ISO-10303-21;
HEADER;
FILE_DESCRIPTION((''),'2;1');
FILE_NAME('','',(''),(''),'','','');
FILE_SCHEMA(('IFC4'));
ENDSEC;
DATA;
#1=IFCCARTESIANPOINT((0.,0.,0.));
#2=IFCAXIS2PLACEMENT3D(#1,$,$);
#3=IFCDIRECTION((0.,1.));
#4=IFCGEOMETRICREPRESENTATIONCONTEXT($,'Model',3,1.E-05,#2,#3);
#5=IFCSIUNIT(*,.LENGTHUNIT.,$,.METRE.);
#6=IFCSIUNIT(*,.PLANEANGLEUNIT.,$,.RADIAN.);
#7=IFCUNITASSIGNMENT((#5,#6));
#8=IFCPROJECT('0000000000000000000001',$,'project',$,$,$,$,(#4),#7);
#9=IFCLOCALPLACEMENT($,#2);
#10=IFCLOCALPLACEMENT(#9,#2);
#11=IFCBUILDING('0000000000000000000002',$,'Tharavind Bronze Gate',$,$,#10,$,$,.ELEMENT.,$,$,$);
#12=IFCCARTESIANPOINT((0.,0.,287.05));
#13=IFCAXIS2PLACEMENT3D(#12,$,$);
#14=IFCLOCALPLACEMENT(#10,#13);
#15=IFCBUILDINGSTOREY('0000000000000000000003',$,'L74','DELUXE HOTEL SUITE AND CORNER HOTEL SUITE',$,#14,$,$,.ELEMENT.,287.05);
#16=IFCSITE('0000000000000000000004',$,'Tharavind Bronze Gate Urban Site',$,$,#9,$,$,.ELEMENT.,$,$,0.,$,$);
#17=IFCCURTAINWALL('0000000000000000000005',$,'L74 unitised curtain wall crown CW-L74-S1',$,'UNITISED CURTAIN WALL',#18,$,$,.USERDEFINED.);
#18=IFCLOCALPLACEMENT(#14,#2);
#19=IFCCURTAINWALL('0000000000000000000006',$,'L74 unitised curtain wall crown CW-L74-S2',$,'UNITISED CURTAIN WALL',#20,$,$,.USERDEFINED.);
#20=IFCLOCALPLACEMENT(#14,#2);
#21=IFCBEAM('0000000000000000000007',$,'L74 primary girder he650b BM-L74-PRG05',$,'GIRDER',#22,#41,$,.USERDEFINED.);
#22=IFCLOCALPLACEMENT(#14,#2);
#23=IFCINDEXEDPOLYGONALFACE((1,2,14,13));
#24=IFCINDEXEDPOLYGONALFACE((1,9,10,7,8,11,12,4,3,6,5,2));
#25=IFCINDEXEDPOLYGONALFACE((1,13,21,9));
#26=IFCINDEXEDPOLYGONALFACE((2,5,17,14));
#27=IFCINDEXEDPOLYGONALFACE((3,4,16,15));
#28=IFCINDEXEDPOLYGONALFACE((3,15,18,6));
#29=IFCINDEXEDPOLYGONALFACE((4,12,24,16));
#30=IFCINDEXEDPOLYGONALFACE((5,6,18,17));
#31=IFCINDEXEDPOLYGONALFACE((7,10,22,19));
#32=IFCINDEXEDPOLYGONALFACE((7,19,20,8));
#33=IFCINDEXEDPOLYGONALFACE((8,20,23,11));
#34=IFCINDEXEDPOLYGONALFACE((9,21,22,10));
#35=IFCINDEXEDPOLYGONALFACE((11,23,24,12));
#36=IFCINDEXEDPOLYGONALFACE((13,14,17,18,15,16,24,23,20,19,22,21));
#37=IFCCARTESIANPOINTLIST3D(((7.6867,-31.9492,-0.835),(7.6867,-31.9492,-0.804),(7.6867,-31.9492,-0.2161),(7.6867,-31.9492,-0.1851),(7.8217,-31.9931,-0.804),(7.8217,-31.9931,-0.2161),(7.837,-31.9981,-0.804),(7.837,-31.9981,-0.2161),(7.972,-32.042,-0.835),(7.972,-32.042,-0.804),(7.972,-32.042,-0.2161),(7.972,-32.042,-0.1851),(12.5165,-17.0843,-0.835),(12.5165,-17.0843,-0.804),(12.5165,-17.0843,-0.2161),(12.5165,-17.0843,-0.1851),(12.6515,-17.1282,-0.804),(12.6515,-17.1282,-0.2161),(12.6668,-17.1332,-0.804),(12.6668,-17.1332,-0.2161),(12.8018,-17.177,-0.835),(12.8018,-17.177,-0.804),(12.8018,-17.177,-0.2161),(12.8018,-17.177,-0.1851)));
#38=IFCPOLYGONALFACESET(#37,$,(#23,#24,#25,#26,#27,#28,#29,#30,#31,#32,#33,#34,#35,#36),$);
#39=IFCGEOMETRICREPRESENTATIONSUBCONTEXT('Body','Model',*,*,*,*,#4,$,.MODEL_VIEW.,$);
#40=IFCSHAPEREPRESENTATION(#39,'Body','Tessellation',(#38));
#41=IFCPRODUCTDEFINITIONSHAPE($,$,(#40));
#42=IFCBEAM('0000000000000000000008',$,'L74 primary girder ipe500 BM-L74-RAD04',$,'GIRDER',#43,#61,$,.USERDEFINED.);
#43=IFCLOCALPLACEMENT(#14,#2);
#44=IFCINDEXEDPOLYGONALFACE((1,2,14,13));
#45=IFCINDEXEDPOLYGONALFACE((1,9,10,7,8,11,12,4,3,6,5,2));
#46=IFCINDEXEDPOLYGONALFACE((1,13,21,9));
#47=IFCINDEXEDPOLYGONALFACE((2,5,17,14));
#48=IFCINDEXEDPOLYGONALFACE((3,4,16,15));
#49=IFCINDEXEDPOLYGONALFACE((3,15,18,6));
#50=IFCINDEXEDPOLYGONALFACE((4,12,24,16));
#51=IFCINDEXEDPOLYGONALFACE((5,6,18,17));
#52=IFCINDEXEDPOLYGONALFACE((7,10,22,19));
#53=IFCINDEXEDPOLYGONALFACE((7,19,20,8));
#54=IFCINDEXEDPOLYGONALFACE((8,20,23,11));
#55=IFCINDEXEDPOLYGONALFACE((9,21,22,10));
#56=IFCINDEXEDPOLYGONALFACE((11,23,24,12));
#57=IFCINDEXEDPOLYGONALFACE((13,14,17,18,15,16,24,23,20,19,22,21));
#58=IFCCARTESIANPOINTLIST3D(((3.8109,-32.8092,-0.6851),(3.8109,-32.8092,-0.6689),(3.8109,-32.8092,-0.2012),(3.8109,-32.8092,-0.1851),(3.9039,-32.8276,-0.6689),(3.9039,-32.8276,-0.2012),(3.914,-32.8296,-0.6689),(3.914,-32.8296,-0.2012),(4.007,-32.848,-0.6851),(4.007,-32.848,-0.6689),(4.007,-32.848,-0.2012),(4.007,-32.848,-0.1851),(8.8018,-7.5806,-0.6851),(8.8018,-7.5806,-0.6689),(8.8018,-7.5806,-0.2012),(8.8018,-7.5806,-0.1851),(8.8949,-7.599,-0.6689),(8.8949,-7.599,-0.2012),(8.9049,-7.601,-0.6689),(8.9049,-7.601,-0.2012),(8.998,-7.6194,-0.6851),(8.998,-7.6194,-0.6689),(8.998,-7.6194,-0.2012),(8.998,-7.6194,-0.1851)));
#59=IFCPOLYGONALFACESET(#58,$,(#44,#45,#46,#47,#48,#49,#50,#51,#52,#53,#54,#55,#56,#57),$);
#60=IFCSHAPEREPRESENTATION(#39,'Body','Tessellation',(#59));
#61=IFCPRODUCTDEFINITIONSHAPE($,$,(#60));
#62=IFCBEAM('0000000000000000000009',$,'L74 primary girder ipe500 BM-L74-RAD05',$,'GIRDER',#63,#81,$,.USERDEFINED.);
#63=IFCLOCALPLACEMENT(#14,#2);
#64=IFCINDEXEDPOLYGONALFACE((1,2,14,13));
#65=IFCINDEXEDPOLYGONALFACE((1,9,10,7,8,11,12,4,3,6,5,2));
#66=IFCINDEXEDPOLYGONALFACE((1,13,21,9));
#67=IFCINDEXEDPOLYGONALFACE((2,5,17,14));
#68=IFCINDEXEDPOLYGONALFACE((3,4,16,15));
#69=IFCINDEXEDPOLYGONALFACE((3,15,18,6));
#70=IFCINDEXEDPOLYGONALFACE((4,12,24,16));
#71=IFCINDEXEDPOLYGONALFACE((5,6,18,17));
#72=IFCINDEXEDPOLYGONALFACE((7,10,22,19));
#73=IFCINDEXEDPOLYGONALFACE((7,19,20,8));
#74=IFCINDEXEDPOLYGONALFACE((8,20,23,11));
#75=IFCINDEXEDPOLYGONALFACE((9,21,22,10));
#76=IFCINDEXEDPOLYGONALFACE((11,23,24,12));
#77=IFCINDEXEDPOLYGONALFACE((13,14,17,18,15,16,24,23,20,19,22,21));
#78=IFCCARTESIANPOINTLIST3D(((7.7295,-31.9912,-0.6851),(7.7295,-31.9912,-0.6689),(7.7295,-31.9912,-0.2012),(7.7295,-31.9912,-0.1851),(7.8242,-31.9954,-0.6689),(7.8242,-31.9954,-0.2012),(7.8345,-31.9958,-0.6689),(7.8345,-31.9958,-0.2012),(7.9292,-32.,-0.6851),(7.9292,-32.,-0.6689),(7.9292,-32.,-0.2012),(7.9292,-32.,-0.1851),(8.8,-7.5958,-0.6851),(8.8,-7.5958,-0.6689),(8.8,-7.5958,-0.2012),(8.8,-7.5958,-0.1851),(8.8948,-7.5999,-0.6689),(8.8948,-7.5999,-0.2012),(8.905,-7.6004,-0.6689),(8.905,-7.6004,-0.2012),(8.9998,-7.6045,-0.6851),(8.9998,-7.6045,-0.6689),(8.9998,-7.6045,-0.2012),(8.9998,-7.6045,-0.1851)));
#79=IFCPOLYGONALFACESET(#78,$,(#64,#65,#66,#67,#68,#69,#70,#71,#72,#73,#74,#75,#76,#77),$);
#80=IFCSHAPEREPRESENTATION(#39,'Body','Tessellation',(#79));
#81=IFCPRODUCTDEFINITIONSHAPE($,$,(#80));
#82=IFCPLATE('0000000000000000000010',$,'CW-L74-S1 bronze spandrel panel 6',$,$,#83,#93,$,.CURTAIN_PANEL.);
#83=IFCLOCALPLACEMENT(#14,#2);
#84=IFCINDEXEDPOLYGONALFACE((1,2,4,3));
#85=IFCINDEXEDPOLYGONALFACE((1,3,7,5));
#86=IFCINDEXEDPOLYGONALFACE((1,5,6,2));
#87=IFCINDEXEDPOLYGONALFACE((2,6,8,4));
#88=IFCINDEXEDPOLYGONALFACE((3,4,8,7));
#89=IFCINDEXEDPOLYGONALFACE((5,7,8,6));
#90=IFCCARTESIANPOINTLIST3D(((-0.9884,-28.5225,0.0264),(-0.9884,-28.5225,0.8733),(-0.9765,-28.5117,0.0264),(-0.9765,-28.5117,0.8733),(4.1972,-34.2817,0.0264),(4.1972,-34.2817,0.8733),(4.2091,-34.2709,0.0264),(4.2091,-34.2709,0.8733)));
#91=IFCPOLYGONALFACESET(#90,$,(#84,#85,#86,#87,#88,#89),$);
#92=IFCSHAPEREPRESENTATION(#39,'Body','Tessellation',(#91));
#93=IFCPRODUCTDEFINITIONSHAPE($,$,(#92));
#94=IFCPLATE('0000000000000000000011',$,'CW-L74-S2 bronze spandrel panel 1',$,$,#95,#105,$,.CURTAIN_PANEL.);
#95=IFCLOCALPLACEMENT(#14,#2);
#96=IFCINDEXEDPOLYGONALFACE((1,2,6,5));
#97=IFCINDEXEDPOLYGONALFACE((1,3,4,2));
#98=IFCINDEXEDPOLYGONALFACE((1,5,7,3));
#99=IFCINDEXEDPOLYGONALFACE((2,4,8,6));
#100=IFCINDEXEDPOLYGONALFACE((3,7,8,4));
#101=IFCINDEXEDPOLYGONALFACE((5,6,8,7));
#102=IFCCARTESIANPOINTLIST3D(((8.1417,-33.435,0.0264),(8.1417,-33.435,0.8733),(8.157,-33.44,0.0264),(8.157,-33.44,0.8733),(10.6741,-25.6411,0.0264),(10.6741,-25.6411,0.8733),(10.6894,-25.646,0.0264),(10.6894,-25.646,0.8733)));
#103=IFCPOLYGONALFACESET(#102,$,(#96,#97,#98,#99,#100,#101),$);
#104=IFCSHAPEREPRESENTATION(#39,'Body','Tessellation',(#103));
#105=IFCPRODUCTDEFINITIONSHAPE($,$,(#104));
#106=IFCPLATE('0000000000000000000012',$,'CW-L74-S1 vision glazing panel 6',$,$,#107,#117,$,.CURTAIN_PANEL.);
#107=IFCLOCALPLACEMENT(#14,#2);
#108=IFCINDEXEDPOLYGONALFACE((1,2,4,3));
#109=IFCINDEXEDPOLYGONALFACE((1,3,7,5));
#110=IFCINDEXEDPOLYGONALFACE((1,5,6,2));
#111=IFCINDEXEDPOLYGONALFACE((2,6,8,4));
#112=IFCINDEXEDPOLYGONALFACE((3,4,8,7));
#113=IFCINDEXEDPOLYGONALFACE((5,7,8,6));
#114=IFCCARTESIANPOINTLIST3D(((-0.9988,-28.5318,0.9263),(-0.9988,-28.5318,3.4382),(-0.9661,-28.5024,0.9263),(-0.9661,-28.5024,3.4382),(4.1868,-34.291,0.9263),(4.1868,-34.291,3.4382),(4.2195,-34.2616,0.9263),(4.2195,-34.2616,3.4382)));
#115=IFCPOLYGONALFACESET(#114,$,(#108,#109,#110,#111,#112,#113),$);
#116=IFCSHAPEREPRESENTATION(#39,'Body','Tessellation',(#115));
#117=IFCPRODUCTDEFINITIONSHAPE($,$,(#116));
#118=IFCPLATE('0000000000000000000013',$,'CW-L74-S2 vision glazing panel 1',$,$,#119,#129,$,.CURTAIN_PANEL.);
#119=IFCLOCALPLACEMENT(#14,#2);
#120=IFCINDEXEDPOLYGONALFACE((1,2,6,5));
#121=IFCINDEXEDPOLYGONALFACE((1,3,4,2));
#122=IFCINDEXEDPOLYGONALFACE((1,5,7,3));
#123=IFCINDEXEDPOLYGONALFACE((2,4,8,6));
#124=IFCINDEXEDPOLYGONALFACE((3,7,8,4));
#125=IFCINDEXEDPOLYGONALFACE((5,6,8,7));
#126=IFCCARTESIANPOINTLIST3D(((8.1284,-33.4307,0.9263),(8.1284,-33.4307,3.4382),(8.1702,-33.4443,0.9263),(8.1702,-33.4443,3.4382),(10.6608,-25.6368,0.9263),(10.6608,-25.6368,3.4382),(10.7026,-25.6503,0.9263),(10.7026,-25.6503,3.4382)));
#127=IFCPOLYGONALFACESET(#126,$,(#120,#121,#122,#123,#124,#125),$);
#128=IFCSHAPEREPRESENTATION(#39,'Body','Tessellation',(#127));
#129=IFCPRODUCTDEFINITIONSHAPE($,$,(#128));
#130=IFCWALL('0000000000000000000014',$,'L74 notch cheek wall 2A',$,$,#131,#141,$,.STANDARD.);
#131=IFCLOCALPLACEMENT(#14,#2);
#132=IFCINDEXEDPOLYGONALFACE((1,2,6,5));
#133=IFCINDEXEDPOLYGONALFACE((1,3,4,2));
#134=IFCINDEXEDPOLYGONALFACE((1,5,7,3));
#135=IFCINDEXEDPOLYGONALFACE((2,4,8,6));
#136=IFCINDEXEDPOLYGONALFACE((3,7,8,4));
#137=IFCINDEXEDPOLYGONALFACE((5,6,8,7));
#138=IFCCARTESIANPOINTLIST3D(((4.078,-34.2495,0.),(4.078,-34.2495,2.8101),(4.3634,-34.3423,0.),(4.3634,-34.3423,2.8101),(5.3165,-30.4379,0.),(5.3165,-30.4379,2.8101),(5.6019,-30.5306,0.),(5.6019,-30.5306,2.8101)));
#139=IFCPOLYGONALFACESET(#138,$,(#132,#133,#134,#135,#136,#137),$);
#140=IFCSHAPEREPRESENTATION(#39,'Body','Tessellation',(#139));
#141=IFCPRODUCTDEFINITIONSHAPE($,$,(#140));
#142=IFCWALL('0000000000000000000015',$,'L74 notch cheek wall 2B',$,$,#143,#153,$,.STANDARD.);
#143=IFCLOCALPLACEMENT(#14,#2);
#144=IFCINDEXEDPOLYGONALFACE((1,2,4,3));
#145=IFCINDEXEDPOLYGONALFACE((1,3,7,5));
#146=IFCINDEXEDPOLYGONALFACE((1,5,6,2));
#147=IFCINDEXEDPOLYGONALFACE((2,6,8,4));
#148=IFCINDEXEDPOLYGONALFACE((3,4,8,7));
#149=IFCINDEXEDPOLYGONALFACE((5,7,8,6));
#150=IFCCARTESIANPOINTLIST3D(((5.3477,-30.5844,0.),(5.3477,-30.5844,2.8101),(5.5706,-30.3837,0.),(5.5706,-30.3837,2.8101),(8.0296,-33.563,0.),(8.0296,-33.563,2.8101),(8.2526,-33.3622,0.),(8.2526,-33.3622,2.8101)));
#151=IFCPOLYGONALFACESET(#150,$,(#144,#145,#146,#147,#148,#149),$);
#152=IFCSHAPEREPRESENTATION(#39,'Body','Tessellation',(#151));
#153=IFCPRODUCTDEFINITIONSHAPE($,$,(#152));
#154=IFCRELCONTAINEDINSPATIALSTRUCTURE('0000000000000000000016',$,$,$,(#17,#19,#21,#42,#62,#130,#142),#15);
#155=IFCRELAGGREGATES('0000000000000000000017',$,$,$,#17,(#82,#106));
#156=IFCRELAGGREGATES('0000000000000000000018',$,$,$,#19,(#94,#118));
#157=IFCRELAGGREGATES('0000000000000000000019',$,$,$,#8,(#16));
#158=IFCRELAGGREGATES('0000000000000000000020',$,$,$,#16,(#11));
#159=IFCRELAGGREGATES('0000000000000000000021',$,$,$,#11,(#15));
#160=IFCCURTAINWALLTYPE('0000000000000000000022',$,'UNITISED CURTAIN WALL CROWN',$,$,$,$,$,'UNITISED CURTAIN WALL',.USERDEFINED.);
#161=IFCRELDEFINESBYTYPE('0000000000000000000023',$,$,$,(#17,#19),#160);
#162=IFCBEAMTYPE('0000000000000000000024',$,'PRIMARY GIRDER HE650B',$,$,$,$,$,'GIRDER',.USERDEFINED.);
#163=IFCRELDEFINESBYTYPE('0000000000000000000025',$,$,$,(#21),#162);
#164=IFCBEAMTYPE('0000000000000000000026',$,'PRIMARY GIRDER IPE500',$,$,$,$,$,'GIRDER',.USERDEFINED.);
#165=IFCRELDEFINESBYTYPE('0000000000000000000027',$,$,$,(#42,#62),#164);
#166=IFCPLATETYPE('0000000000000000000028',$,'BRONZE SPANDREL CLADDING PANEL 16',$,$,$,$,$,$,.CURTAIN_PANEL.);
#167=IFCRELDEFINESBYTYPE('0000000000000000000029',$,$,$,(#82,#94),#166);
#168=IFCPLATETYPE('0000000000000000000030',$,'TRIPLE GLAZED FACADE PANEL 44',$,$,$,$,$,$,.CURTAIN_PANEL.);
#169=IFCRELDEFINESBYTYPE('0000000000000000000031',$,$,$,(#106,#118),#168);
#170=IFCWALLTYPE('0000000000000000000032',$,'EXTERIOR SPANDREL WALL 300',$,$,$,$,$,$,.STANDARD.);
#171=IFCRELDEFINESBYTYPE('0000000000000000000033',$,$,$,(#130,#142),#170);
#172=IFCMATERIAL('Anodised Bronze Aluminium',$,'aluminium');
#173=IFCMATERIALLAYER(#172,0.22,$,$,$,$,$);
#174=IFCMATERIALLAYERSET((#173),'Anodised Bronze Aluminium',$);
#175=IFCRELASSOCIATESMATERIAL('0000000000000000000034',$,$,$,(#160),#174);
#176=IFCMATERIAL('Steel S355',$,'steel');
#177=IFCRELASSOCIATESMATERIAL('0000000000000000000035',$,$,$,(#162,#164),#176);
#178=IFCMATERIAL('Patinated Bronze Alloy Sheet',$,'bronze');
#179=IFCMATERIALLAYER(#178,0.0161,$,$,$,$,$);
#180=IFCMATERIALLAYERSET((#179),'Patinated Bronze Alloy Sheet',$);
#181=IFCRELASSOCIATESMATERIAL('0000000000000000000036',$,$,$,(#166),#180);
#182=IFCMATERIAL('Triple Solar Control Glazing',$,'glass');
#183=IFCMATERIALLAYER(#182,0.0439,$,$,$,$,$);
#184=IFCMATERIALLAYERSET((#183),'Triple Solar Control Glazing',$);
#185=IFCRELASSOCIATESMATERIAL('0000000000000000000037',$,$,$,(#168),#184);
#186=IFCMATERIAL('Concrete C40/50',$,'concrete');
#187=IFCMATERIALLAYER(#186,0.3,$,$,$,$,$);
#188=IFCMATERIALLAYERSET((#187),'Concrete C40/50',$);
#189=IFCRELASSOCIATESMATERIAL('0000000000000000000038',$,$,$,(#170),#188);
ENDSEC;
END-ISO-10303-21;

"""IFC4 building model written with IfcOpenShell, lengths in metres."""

from ifc_helpers import new_model, si_unit, direction, frame, frame_2d, origin, origin_2d, place, context, subcontext, project, spatial, rectangle, i_section, extrude, material, layer, layer_set, material_profile, profile_set, type_object, element, aggregate, save


model = new_model("IFC4")

# Units and contexts
model_context = context("Model", 3, precision=1e-05, world=origin(), true_north=direction((0.0, 1.0)))
body_context = subcontext(model_context, "Body", "Model", "MODEL_VIEW")
ifc_project = project(units=[si_unit("LENGTHUNIT", "METRE"), si_unit("PLANEANGLEUNIT", "RADIAN")], contexts=[model_context])

# Site, building, storey
site_placement = place(None, origin())
site = spatial("IfcSite", under=ifc_project, at=site_placement, Name="Tharavind Bronze Gate Urban Site", CompositionType="ELEMENT", RefElevation=0.0)
building_placement = place(site_placement, origin())
building = spatial("IfcBuilding", under=site, at=building_placement, Name="Tharavind Bronze Gate", CompositionType="ELEMENT")
storey_placement = place(building_placement, frame((0.0, 0.0, 287.05)))
storey = spatial("IfcBuildingStorey", under=building, at=storey_placement, Name="L74", Description="DELUXE HOTEL SUITE AND CORNER HOTEL SUITE", CompositionType="ELEMENT", Elevation=287.05)

# Curtain wall
ifc_material_1 = material(Name="Anodised Bronze Aluminium", Category="aluminium")
ifc_layer_1 = layer(ifc_material_1, 0.22)
ifc_layer_set_1 = layer_set([ifc_layer_1], Name="Anodised Bronze Aluminium")
curtain_wall_type = type_object("IfcCurtainWallType", Name="UNITISED CURTAIN WALL CROWN", ElementType="UNITISED CURTAIN WALL", PredefinedType="USERDEFINED", material=ifc_layer_set_1)
curtain_wall_1_placement = place(storey_placement, origin())
curtain_wall_1 = element("IfcCurtainWall", 1, at=curtain_wall_1_placement, inside=storey, type_object=curtain_wall_type, Name="L74 unitised curtain wall crown CW-L74-S1", ObjectType="UNITISED CURTAIN WALL", PredefinedType="USERDEFINED")

# Curtain wall
curtain_wall_2_placement = place(storey_placement, origin())
curtain_wall_2 = element("IfcCurtainWall", 2, at=curtain_wall_2_placement, inside=storey, type_object=curtain_wall_type, Name="L74 unitised curtain wall crown CW-L74-S2", ObjectType="UNITISED CURTAIN WALL", PredefinedType="USERDEFINED")

# Beams
ifc_material_2 = material(Name="Steel S355", Category="steel")
ifc_material_profile_1 = material_profile(ifc_material_2, i_section(OverallWidth=0.3, OverallDepth=0.6499, WebThickness=0.0161, FlangeThickness=0.031, at=origin_2d()), Name="HE650B")
ifc_profile_set_1 = profile_set([ifc_material_profile_1], Name="Steel S355")
beam_type_1 = type_object("IfcBeamType", Name="PRIMARY GIRDER HE650B", ElementType="GIRDER", PredefinedType="USERDEFINED", material=ifc_profile_set_1)
beam_1_placement = place(storey_placement, frame((7.8293, -31.9956, -0.51), z_axis=(0.309012, 0.951058, 0.0), x_axis=(-0.951058, 0.309012, 0.0)))
element("IfcBeam", 3, at=beam_1_placement, inside=storey, type_object=beam_type_1, Name="L74 primary girder he650b BM-L74-PRG05", ObjectType="GIRDER", PredefinedType="USERDEFINED", context=body_context, shape_type="SweptSolid", body=[
    extrude(i_section(OverallWidth=0.3, OverallDepth=0.6499, WebThickness=0.0161, FlangeThickness=0.031, at=origin_2d()), origin(), (0.0, 0.0, 1.0), 15.6299),
])
ifc_material_profile_2 = material_profile(ifc_material_2, i_section(OverallWidth=0.2, OverallDepth=0.5, WebThickness=0.0103, FlangeThickness=0.0161, at=origin_2d()), Name="IPE500")
ifc_profile_set_2 = profile_set([ifc_material_profile_2], Name="Steel S355")
beam_type_2 = type_object("IfcBeamType", Name="PRIMARY GIRDER IPE500", ElementType="GIRDER", PredefinedType="USERDEFINED", material=ifc_profile_set_2)
beam_2_placement = place(storey_placement, frame((3.9089, -32.8286, -0.4351), z_axis=(0.194069, 0.980988, 0.0), x_axis=(-0.980988, 0.194069, 0.0)))
element("IfcBeam", 4, at=beam_2_placement, inside=storey, type_object=beam_type_2, Name="L74 primary girder ipe500 BM-L74-RAD04", ObjectType="GIRDER", PredefinedType="USERDEFINED", context=body_context, shape_type="SweptSolid", body=[
    extrude(i_section(OverallWidth=0.2, OverallDepth=0.5, WebThickness=0.0103, FlangeThickness=0.0161, at=origin_2d()), origin(), (0.0, 0.0, 1.0), 25.7175),
])
beam_3_placement = place(storey_placement, frame((7.8293, -31.9956, -0.4351), z_axis=(0.043841, 0.999039, 0.0), x_axis=(-0.999039, 0.043841, 0.0)))
element("IfcBeam", 5, at=beam_3_placement, inside=storey, type_object=beam_type_2, Name="L74 primary girder ipe500 BM-L74-RAD05", ObjectType="GIRDER", PredefinedType="USERDEFINED", context=body_context, shape_type="SweptSolid", body=[
    extrude(i_section(OverallWidth=0.2, OverallDepth=0.5, WebThickness=0.0103, FlangeThickness=0.0161, at=origin_2d()), origin(), (0.0, 0.0, 1.0), 24.4189),
])

# Plates
ifc_material_3 = material(Name="Patinated Bronze Alloy Sheet", Category="bronze")
ifc_layer_2 = layer(ifc_material_3, 0.0161)
ifc_layer_set_2 = layer_set([ifc_layer_2], Name="Patinated Bronze Alloy Sheet")
plate_type_1 = type_object("IfcPlateType", Name="BRONZE SPANDREL CLADDING PANEL 16", PredefinedType="CURTAIN_PANEL", material=ifc_layer_set_2)
plate_1_placement = place(storey_placement, frame((1.6104, -31.3967, 0.0264), z_axis=(0.0, 0.0, 1.0), x_axis=(0.669131, -0.743145, 0.0)))
plate_1 = element("IfcPlate", 6, at=plate_1_placement, type_object=plate_type_1, Name="CW-L74-S1 bronze spandrel panel 6", PredefinedType="CURTAIN_PANEL", context=body_context, shape_type="SweptSolid", body=[
    extrude(rectangle(XDim=7.7498, YDim=0.0161, at=origin_2d()), origin(), (0.0, 0.0, 1.0), 0.8469),
])
plate_2_placement = place(storey_placement, frame((9.4155, -29.5405, 0.0264), z_axis=(0.0, 0.0, 1.0), x_axis=(0.309017, 0.951057, 0.0)))
plate_2 = element("IfcPlate", 7, at=plate_2_placement, type_object=plate_type_1, Name="CW-L74-S2 bronze spandrel panel 1", PredefinedType="CURTAIN_PANEL", context=body_context, shape_type="SweptSolid", body=[
    extrude(rectangle(XDim=8.1951, YDim=0.0161, at=origin_2d()), origin(), (0.0, 0.0, 1.0), 0.8469),
])
ifc_material_4 = material(Name="Triple Solar Control Glazing", Category="glass")
ifc_layer_3 = layer(ifc_material_4, 0.0439)
ifc_layer_set_3 = layer_set([ifc_layer_3], Name="Triple Solar Control Glazing")
plate_type_2 = type_object("IfcPlateType", Name="TRIPLE GLAZED FACADE PANEL 44", PredefinedType="CURTAIN_PANEL", material=ifc_layer_set_3)
plate_3_placement = place(storey_placement, frame((1.6104, -31.3967, 0.9263), z_axis=(0.0, 0.0, 1.0), x_axis=(0.669131, -0.743145, 0.0)))
plate_3 = element("IfcPlate", 8, at=plate_3_placement, type_object=plate_type_2, Name="CW-L74-S1 vision glazing panel 6", PredefinedType="CURTAIN_PANEL", context=body_context, shape_type="SweptSolid", body=[
    extrude(rectangle(XDim=7.7498, YDim=0.0439, at=origin_2d()), origin(), (0.0, 0.0, 1.0), 2.512),
])
aggregate(curtain_wall_1, [plate_1, plate_3])
plate_4_placement = place(storey_placement, frame((9.4155, -29.5405, 0.9263), z_axis=(0.0, 0.0, 1.0), x_axis=(0.309017, 0.951057, 0.0)))
plate_4 = element("IfcPlate", 9, at=plate_4_placement, type_object=plate_type_2, Name="CW-L74-S2 vision glazing panel 1", PredefinedType="CURTAIN_PANEL", context=body_context, shape_type="SweptSolid", body=[
    extrude(rectangle(XDim=8.1951, YDim=0.0439, at=origin_2d()), origin(), (0.0, 0.0, 1.0), 2.512),
])
aggregate(curtain_wall_2, [plate_2, plate_4])

# Walls
ifc_material_5 = material(Name="Concrete C40/50", Category="concrete")
ifc_layer_4 = layer(ifc_material_5, 0.3)
ifc_layer_set_4 = layer_set([ifc_layer_4], Name="Concrete C40/50")
wall_type = type_object("IfcWallType", Name="EXTERIOR SPANDREL WALL 300", PredefinedType="STANDARD", material=ifc_layer_set_4)
wall_1_placement = place(storey_placement, frame((4.2207, -34.2959, 0.0), z_axis=(0.0, 0.0, 1.0), x_axis=(0.309019, 0.951056, 0.0)))
element("IfcWall", 10, at=wall_1_placement, inside=storey, type_object=wall_type, Name="L74 notch cheek wall 2A", PredefinedType="STANDARD", context=body_context, shape_type="SweptSolid", body=[
    extrude(rectangle(XDim=4.0078, YDim=0.3, at=frame_2d((2.0039, 0.0))), origin(), (0.0, 0.0, 1.0), 2.8101),
])
wall_2_placement = place(storey_placement, frame((5.4592, -30.4841, 0.0), z_axis=(0.0, 0.0, 1.0), x_axis=(0.669133, -0.743143, 0.0)))
element("IfcWall", 11, at=wall_2_placement, inside=storey, type_object=wall_type, Name="L74 notch cheek wall 2B", PredefinedType="STANDARD", context=body_context, shape_type="SweptSolid", body=[
    extrude(rectangle(XDim=4.0081, YDim=0.3, at=frame_2d((2.0039, 0.0))), origin(), (0.0, 0.0, 1.0), 2.8101),
])

save(model, "model.ifc")
